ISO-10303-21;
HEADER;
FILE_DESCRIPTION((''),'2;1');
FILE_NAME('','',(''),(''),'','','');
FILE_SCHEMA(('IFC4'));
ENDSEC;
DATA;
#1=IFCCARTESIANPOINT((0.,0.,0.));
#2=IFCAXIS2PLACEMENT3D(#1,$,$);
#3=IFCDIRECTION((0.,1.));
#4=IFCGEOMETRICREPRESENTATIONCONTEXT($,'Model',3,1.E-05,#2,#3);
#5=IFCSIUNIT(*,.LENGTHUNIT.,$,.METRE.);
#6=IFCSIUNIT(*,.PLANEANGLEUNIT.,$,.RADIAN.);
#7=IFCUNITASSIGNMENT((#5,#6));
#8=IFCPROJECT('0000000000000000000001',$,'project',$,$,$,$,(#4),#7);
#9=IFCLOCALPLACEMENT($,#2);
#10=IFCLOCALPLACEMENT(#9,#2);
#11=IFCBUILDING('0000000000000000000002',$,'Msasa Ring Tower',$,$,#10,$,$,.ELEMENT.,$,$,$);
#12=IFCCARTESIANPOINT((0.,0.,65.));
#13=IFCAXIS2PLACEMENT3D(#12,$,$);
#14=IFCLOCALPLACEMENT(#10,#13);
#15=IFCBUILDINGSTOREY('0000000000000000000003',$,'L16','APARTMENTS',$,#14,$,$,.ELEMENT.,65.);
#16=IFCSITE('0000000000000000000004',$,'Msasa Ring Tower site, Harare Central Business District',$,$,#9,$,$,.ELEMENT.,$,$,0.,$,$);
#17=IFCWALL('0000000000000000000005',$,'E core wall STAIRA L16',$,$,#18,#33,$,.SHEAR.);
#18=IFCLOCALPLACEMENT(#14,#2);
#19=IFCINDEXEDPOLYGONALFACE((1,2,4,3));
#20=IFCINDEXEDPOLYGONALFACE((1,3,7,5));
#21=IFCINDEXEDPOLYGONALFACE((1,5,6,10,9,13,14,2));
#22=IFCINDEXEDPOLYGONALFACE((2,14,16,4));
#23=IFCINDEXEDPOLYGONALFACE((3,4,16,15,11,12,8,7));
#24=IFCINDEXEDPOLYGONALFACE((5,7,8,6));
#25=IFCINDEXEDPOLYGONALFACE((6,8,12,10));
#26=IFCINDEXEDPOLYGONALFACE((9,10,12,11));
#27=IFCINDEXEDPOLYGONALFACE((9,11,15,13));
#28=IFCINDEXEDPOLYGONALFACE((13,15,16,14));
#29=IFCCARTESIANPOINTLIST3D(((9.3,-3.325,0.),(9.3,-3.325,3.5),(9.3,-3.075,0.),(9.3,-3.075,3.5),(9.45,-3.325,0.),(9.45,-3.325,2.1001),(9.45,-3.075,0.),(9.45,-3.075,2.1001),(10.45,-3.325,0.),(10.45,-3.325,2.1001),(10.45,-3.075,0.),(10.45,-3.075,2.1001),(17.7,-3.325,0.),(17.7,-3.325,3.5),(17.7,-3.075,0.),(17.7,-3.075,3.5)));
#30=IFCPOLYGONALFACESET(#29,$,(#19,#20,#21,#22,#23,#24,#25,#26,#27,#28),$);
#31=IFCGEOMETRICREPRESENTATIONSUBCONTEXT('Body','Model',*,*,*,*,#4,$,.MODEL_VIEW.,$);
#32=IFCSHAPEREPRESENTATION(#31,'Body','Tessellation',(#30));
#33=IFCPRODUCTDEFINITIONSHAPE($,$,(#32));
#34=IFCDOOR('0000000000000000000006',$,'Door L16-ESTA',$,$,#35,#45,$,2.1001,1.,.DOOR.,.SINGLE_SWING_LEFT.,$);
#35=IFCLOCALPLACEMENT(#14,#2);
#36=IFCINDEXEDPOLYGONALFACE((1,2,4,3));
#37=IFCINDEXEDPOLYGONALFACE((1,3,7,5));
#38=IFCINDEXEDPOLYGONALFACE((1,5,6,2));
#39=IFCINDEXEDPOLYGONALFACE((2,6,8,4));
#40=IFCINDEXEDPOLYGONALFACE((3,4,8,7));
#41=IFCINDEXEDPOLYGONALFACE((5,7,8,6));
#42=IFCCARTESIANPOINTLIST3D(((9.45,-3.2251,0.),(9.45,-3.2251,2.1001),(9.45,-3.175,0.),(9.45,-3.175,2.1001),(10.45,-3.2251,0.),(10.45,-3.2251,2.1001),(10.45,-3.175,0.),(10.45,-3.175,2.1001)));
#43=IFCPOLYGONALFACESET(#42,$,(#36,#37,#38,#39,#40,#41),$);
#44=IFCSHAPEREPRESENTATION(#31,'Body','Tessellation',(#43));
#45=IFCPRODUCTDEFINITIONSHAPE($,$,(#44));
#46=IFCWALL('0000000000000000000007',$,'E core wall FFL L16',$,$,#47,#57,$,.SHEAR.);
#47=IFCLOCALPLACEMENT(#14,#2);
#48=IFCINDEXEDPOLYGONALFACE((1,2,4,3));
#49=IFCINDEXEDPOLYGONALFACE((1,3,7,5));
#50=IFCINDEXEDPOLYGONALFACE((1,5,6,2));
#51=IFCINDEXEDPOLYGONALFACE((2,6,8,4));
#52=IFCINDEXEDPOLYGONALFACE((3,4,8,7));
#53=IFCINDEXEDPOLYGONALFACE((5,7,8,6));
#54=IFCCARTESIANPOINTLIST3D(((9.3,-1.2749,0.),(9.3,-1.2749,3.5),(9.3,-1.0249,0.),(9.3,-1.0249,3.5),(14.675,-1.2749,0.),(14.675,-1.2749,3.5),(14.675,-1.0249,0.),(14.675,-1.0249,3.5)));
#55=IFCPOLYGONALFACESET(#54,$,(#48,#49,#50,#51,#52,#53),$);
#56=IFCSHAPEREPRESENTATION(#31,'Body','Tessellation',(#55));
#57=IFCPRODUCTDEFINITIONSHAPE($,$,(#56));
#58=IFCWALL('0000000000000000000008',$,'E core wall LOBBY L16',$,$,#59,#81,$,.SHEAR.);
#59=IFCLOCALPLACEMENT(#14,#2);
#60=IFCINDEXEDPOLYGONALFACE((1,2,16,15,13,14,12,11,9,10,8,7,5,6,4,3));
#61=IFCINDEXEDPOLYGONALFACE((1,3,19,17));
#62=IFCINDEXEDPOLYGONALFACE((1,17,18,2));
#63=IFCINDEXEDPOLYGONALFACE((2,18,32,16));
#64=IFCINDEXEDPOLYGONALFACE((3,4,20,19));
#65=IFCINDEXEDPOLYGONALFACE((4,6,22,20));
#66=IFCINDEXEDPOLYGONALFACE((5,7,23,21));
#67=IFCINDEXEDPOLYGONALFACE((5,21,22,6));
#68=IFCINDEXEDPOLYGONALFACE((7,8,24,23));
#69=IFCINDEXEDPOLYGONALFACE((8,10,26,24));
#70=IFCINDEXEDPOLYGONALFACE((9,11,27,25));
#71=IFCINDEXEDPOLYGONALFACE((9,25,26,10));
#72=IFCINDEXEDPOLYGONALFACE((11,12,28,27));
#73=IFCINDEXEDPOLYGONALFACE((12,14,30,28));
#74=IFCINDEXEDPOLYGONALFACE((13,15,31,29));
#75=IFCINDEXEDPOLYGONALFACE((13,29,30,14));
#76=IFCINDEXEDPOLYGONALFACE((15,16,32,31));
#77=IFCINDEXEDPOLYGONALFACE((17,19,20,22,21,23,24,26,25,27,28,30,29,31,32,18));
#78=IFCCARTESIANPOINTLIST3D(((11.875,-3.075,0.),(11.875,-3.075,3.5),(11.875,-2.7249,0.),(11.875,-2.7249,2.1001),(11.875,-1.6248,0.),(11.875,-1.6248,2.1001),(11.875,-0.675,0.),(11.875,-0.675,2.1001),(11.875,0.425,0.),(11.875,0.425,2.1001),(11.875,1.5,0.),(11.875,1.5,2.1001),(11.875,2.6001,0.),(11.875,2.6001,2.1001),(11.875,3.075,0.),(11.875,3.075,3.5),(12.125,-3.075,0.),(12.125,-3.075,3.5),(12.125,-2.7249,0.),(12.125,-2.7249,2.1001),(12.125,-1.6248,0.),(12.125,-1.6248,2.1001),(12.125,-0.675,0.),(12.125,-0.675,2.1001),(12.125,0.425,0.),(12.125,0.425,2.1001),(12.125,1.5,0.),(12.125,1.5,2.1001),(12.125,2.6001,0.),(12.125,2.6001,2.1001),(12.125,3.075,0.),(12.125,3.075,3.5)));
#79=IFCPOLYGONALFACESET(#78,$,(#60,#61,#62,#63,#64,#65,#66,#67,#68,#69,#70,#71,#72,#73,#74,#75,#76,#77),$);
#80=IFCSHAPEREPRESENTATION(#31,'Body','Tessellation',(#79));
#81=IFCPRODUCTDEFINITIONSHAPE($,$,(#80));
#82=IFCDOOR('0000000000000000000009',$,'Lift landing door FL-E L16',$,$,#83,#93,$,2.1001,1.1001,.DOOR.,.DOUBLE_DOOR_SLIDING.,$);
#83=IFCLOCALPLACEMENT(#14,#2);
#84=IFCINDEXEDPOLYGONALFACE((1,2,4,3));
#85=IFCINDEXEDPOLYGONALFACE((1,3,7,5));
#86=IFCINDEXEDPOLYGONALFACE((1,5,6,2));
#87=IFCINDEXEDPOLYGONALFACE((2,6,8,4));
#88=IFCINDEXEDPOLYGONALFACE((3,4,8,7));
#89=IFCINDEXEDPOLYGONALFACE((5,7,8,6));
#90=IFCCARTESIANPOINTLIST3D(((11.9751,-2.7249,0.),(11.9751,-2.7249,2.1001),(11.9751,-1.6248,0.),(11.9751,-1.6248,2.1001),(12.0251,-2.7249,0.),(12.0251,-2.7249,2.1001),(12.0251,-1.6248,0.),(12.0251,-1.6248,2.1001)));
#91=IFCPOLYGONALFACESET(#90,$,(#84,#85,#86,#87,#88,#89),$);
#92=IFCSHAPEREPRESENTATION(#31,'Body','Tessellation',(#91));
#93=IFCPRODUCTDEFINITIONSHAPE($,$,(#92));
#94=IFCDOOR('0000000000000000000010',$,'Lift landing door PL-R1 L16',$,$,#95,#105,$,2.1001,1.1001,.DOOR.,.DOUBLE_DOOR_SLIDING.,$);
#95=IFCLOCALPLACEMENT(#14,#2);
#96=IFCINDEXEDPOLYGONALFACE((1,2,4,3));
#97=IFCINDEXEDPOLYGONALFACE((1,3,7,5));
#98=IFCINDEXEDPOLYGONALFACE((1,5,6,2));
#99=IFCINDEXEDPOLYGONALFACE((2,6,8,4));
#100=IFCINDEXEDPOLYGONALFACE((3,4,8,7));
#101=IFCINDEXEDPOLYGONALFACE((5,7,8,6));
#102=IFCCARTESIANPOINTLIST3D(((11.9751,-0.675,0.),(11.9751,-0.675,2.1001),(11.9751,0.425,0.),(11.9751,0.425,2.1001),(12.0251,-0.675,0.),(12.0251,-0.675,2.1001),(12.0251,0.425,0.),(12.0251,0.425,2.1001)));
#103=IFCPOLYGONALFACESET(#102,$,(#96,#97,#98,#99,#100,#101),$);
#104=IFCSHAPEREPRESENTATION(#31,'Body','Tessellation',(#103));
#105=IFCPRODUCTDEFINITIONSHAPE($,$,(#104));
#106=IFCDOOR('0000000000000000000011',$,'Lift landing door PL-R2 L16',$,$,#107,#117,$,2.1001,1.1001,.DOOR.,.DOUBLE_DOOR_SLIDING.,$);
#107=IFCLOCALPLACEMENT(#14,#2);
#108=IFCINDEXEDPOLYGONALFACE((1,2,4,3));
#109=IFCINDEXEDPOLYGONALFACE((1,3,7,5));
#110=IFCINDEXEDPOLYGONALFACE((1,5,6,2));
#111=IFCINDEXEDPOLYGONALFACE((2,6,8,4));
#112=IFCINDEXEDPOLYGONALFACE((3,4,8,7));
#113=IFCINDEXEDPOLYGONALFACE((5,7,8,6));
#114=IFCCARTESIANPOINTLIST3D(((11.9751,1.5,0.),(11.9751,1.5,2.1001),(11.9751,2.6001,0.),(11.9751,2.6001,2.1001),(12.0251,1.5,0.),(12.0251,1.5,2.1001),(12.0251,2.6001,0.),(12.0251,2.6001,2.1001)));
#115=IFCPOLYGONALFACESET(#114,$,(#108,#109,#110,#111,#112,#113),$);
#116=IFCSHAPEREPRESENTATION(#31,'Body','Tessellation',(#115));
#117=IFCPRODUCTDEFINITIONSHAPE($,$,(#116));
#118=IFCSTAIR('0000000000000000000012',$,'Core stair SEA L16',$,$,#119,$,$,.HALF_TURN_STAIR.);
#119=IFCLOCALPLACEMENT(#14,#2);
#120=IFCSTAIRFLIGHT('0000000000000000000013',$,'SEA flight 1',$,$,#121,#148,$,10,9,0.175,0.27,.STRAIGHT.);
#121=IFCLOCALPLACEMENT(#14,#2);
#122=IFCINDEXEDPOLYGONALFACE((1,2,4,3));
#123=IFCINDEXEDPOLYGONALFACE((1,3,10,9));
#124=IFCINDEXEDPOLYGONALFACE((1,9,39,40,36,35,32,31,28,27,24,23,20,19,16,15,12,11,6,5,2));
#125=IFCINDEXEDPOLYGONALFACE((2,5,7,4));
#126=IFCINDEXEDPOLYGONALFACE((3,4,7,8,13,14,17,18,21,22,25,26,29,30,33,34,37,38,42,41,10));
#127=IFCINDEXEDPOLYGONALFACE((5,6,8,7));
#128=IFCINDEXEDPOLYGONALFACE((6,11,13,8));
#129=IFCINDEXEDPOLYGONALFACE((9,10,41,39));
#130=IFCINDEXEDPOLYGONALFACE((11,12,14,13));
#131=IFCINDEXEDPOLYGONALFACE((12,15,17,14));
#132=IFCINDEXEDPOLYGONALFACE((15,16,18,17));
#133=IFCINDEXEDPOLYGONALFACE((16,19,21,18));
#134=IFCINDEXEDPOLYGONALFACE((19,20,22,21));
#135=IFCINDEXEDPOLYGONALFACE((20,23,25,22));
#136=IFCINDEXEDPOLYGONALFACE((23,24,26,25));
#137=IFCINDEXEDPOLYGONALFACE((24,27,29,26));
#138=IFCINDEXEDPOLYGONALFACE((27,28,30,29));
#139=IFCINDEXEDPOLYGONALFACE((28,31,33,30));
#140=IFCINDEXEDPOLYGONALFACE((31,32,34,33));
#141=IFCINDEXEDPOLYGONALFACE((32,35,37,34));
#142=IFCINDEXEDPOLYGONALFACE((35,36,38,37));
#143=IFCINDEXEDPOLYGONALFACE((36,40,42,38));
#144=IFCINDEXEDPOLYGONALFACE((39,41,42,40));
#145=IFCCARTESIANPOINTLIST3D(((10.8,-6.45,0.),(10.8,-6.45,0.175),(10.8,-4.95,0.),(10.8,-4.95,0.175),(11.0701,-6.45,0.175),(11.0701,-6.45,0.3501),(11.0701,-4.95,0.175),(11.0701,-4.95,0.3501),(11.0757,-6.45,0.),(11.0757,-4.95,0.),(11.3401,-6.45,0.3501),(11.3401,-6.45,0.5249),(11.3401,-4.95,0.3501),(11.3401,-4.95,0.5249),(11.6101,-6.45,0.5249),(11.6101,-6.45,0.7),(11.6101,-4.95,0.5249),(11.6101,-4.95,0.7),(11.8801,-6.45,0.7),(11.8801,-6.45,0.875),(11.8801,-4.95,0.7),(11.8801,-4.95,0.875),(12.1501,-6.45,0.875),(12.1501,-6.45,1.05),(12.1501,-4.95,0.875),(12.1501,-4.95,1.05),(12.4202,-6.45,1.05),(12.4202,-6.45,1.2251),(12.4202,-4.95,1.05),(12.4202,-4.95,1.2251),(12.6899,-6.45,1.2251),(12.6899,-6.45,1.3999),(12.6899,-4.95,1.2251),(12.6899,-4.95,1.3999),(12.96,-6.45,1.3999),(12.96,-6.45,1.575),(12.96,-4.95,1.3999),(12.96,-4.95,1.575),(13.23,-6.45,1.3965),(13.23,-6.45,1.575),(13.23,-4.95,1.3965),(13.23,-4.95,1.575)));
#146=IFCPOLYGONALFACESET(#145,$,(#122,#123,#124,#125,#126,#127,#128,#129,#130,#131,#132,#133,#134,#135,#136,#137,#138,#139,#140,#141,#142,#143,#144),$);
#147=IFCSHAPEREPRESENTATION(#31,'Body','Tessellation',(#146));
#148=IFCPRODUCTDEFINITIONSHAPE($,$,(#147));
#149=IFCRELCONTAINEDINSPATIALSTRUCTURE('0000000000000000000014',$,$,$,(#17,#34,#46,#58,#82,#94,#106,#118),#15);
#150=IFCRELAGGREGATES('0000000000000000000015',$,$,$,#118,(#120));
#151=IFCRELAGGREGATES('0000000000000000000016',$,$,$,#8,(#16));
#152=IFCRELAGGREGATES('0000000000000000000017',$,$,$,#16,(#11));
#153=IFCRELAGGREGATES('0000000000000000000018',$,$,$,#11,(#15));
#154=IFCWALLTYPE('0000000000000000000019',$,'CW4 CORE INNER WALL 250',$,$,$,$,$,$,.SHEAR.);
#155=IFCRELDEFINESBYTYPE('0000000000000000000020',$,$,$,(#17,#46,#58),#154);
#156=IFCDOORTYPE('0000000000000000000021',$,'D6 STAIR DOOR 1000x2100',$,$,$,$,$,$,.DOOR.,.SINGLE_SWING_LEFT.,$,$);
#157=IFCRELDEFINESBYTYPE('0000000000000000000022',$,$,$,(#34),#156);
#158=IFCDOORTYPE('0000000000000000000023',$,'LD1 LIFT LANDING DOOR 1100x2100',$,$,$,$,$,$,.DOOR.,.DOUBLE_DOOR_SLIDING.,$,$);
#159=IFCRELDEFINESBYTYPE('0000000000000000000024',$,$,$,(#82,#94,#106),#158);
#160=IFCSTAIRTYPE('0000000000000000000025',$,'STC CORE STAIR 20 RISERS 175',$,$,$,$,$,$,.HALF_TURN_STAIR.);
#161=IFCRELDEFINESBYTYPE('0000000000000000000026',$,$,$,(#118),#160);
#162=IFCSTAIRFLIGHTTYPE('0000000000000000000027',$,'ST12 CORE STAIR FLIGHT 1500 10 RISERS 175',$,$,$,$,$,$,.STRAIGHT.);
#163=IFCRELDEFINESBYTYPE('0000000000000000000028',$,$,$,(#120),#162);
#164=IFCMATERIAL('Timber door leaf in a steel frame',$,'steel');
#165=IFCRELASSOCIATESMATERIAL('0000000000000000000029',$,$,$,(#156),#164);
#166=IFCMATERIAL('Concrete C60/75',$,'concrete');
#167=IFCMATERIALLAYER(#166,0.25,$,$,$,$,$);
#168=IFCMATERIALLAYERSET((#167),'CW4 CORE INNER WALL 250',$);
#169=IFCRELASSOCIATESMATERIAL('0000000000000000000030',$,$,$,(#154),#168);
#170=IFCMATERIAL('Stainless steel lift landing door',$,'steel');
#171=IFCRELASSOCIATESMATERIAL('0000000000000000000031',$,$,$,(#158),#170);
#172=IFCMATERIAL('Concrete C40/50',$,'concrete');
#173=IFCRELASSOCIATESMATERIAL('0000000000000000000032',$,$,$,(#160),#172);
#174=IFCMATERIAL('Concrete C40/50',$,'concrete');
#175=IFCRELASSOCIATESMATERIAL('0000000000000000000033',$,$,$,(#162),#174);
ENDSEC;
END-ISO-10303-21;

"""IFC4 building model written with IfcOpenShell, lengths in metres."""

from ifc_helpers import new_model, si_unit, direction, frame, frame_2d, origin, place, context, subcontext, project, spatial, polyline, rectangle, outline, extrude, material, layer, layer_set, type_object, element, fill, aggregate, save


model = new_model("IFC4")

# Units and contexts
model_context = context("Model", 3, precision=1e-05, world=origin(), true_north=direction((0.0, 1.0)))
body_context = subcontext(model_context, "Body", "Model", "MODEL_VIEW")
ifc_project = project(units=[si_unit("LENGTHUNIT", "METRE"), si_unit("PLANEANGLEUNIT", "RADIAN")], contexts=[model_context])

# Site, building, storey
site_placement = place(None, origin())
site = spatial("IfcSite", under=ifc_project, at=site_placement, Name="Msasa Ring Tower site, Harare Central Business District", CompositionType="ELEMENT", RefElevation=0.0)
building_placement = place(site_placement, origin())
building = spatial("IfcBuilding", under=site, at=building_placement, Name="Msasa Ring Tower", CompositionType="ELEMENT")
storey_placement = place(building_placement, frame((0.0, 0.0, 65.0)))
storey = spatial("IfcBuildingStorey", under=building, at=storey_placement, Name="L16", Description="APARTMENTS", CompositionType="ELEMENT", Elevation=65.0)

# Shared definitions
ifc_material_1 = material(Name="Timber door leaf in a steel frame", Category="steel")
door_type_1 = type_object("IfcDoorType", Name="D6 STAIR DOOR 1000x2100", OperationType="SINGLE_SWING_LEFT", PredefinedType="DOOR", material=ifc_material_1)

# Wall, opening, door
ifc_material_2 = material(Name="Concrete C60/75", Category="concrete")
ifc_layer_1 = layer(ifc_material_2, 0.25)
ifc_layer_set_1 = layer_set([ifc_layer_1], Name="CW4 CORE INNER WALL 250")
wall_type_1 = type_object("IfcWallType", Name="CW4 CORE INNER WALL 250", PredefinedType="SHEAR", material=ifc_layer_set_1)
wall_1_placement = place(storey_placement, frame((9.3, -3.2, 0.0), z_axis=(0.0, 0.0, 1.0), x_axis=(1.0, 0.0, 0.0)))
wall_1 = element("IfcWall", 1, at=wall_1_placement, inside=storey, type_object=wall_type_1, Name="E core wall STAIRA L16", PredefinedType="SHEAR", context=body_context, shape_type="SweptSolid", body=[
    extrude(rectangle(XDim=8.3999, YDim=0.25, at=frame_2d((4.2, 0.0))), origin(), (0.0, 0.0, 1.0), 3.5),
])
opening_1_placement = place(wall_1_placement, frame((0.1499, 0.0, 0.0)))
opening_1 = element("IfcOpeningElement", 2, at=opening_1_placement, cuts=wall_1, PredefinedType="OPENING", context=body_context, shape_type="SweptSolid", body=[
    extrude(rectangle(XDim=1.0, YDim=2.1001, at=frame_2d((0.5, 1.05))), frame((0.0, 0.135, 0.0), z_axis=(0.0, -1.0, 0.0), x_axis=(1.0, 0.0, 0.0)), (0.0, 0.0, 1.0), 0.27),
])
door_1_placement = place(opening_1_placement, origin())
door_1 = element("IfcDoor", 3, at=door_1_placement, inside=storey, type_object=door_type_1, Name="Door L16-ESTA", OperationType="SINGLE_SWING_LEFT", OverallHeight=2.1001, OverallWidth=1.0, PredefinedType="DOOR", context=body_context, shape_type="SweptSolid", body=[
    extrude(rectangle(XDim=1.0, YDim=2.1001, at=frame_2d((0.5, 1.05))), frame((0.0, 0.0249, 0.0), z_axis=(0.0, -1.0, 0.0), x_axis=(1.0, 0.0, 0.0)), (0.0, 0.0, 1.0), 0.05),
])
fill(opening_1, door_1)

# Wall
wall_2_placement = place(storey_placement, frame((9.3, -1.1499, 0.0), z_axis=(0.0, 0.0, 1.0), x_axis=(1.0, 0.0, 0.0)))
element("IfcWall", 4, at=wall_2_placement, inside=storey, type_object=wall_type_1, Name="E core wall FFL L16", PredefinedType="SHEAR", context=body_context, shape_type="SweptSolid", body=[
    extrude(rectangle(XDim=5.375, YDim=0.25, at=frame_2d((2.6875, 0.0))), origin(), (0.0, 0.0, 1.0), 3.5),
])

# Wall, openings, doors
wall_3_placement = place(storey_placement, frame((12.0, -3.075, 0.0), z_axis=(0.0, 0.0, 1.0), x_axis=(0.0, 1.0, 0.0)))
wall_3 = element("IfcWall", 5, at=wall_3_placement, inside=storey, type_object=wall_type_1, Name="E core wall LOBBY L16", PredefinedType="SHEAR", context=body_context, shape_type="SweptSolid", body=[
    extrude(rectangle(XDim=6.1499, YDim=0.25, at=frame_2d((3.075, 0.0))), origin(), (0.0, 0.0, 1.0), 3.5),
])
opening_2_placement = place(wall_3_placement, frame((0.3501, 0.0, 0.0)))
opening_2 = element("IfcOpeningElement", 6, at=opening_2_placement, cuts=wall_3, PredefinedType="OPENING", context=body_context, shape_type="SweptSolid", body=[
    extrude(rectangle(XDim=1.1001, YDim=2.1001, at=frame_2d((0.55, 1.05))), frame((0.0, 0.135, 0.0), z_axis=(0.0, -1.0, 0.0), x_axis=(1.0, 0.0, 0.0)), (0.0, 0.0, 1.0), 0.27),
])
opening_3_placement = place(wall_3_placement, frame((2.3999, 0.0, 0.0)))
opening_3 = element("IfcOpeningElement", 7, at=opening_3_placement, cuts=wall_3, PredefinedType="OPENING", context=body_context, shape_type="SweptSolid", body=[
    extrude(rectangle(XDim=1.1001, YDim=2.1001, at=frame_2d((0.55, 1.05))), frame((0.0, 0.135, 0.0), z_axis=(0.0, -1.0, 0.0), x_axis=(1.0, 0.0, 0.0)), (0.0, 0.0, 1.0), 0.27),
])
opening_4_placement = place(wall_3_placement, frame((4.575, 0.0, 0.0)))
opening_4 = element("IfcOpeningElement", 8, at=opening_4_placement, cuts=wall_3, PredefinedType="OPENING", context=body_context, shape_type="SweptSolid", body=[
    extrude(rectangle(XDim=1.1001, YDim=2.1001, at=frame_2d((0.55, 1.05))), frame((0.0, 0.135, 0.0), z_axis=(0.0, -1.0, 0.0), x_axis=(1.0, 0.0, 0.0)), (0.0, 0.0, 1.0), 0.27),
])
ifc_material_3 = material(Name="Stainless steel lift landing door", Category="steel")
door_type_2 = type_object("IfcDoorType", Name="LD1 LIFT LANDING DOOR 1100x2100", OperationType="DOUBLE_DOOR_SLIDING", PredefinedType="DOOR", material=ifc_material_3)
door_2_placement = place(opening_2_placement, origin())
door_2 = element("IfcDoor", 9, at=door_2_placement, inside=storey, type_object=door_type_2, Name="Lift landing door FL-E L16", OperationType="DOUBLE_DOOR_SLIDING", OverallHeight=2.1001, OverallWidth=1.1001, PredefinedType="DOOR", context=body_context, shape_type="SweptSolid", body=[
    extrude(rectangle(XDim=1.1001, YDim=2.1001, at=frame_2d((0.55, 1.05))), frame((0.0, 0.0249, 0.0), z_axis=(0.0, -1.0, 0.0), x_axis=(1.0, 0.0, 0.0)), (0.0, 0.0, 1.0), 0.05),
])
fill(opening_2, door_2)
door_3_placement = place(opening_3_placement, origin())
door_3 = element("IfcDoor", 10, at=door_3_placement, inside=storey, type_object=door_type_2, Name="Lift landing door PL-R1 L16", OperationType="DOUBLE_DOOR_SLIDING", OverallHeight=2.1001, OverallWidth=1.1001, PredefinedType="DOOR", context=body_context, shape_type="SweptSolid", body=[
    extrude(rectangle(XDim=1.1001, YDim=2.1001, at=frame_2d((0.55, 1.05))), frame((0.0, 0.0249, 0.0), z_axis=(0.0, -1.0, 0.0), x_axis=(1.0, 0.0, 0.0)), (0.0, 0.0, 1.0), 0.05),
])
fill(opening_3, door_3)
door_4_placement = place(opening_4_placement, origin())
door_4 = element("IfcDoor", 11, at=door_4_placement, inside=storey, type_object=door_type_2, Name="Lift landing door PL-R2 L16", OperationType="DOUBLE_DOOR_SLIDING", OverallHeight=2.1001, OverallWidth=1.1001, PredefinedType="DOOR", context=body_context, shape_type="SweptSolid", body=[
    extrude(rectangle(XDim=1.1001, YDim=2.1001, at=frame_2d((0.55, 1.05))), frame((0.0, 0.0249, 0.0), z_axis=(0.0, -1.0, 0.0), x_axis=(1.0, 0.0, 0.0)), (0.0, 0.0, 1.0), 0.05),
])
fill(opening_4, door_4)

# Stair, stair flight
ifc_material_4 = material(Name="Concrete C40/50", Category="concrete")
stair_type = type_object("IfcStairType", Name="STC CORE STAIR 20 RISERS 175", PredefinedType="HALF_TURN_STAIR", material=ifc_material_4)
stair_placement = place(storey_placement, origin())
stair = element("IfcStair", 12, at=stair_placement, inside=storey, type_object=stair_type, Name="Core stair SEA L16", PredefinedType="HALF_TURN_STAIR")
ifc_material_5 = material(Name="Concrete C40/50", Category="concrete")
stair_flight_type = type_object("IfcStairFlightType", Name="ST12 CORE STAIR FLIGHT 1500 10 RISERS 175", PredefinedType="STRAIGHT", material=ifc_material_5)
stair_flight_1_placement = place(storey_placement, frame((10.8, -5.7, 0.0), z_axis=(0.0, 0.0, 1.0), x_axis=(1.0, 0.0, 0.0)))
stair_flight_1 = element("IfcStairFlight", 13, at=stair_flight_1_placement, type_object=stair_flight_type, Name="SEA flight 1", NumberOfRisers=10, NumberOfTreads=9, PredefinedType="STRAIGHT", RiserHeight=0.175, TreadLength=0.27, context=body_context, shape_type="SweptSolid", body=[
    extrude(outline(polyline([(0.0, 0.0), (0.0, 0.175), (0.27, 0.175), (0.27, 0.3501), (0.54, 0.3501), (0.54, 0.5249), (0.8101, 0.5249), (0.8101, 0.7), (1.0801, 0.7), (1.0801, 0.875), (1.3501, 0.875), (1.3501, 1.05), (1.6201, 1.05), (1.6201, 1.2251), (1.8899, 1.2251), (1.8899, 1.3999), (2.1599, 1.3999), (2.1599, 1.575), (2.4299, 1.575), (2.4299, 1.75), (2.4299, 1.3965), (0.2756, 0.0), (0.0, 0.0)])), frame((0.0, 0.75, 0.0), z_axis=(0.0, -1.0, 0.0), x_axis=(1.0, 0.0, 0.0)), (0.0, 0.0, 1.0), 1.5),
])
aggregate(stair, [stair_flight_1])

save(model, "model.ifc")
